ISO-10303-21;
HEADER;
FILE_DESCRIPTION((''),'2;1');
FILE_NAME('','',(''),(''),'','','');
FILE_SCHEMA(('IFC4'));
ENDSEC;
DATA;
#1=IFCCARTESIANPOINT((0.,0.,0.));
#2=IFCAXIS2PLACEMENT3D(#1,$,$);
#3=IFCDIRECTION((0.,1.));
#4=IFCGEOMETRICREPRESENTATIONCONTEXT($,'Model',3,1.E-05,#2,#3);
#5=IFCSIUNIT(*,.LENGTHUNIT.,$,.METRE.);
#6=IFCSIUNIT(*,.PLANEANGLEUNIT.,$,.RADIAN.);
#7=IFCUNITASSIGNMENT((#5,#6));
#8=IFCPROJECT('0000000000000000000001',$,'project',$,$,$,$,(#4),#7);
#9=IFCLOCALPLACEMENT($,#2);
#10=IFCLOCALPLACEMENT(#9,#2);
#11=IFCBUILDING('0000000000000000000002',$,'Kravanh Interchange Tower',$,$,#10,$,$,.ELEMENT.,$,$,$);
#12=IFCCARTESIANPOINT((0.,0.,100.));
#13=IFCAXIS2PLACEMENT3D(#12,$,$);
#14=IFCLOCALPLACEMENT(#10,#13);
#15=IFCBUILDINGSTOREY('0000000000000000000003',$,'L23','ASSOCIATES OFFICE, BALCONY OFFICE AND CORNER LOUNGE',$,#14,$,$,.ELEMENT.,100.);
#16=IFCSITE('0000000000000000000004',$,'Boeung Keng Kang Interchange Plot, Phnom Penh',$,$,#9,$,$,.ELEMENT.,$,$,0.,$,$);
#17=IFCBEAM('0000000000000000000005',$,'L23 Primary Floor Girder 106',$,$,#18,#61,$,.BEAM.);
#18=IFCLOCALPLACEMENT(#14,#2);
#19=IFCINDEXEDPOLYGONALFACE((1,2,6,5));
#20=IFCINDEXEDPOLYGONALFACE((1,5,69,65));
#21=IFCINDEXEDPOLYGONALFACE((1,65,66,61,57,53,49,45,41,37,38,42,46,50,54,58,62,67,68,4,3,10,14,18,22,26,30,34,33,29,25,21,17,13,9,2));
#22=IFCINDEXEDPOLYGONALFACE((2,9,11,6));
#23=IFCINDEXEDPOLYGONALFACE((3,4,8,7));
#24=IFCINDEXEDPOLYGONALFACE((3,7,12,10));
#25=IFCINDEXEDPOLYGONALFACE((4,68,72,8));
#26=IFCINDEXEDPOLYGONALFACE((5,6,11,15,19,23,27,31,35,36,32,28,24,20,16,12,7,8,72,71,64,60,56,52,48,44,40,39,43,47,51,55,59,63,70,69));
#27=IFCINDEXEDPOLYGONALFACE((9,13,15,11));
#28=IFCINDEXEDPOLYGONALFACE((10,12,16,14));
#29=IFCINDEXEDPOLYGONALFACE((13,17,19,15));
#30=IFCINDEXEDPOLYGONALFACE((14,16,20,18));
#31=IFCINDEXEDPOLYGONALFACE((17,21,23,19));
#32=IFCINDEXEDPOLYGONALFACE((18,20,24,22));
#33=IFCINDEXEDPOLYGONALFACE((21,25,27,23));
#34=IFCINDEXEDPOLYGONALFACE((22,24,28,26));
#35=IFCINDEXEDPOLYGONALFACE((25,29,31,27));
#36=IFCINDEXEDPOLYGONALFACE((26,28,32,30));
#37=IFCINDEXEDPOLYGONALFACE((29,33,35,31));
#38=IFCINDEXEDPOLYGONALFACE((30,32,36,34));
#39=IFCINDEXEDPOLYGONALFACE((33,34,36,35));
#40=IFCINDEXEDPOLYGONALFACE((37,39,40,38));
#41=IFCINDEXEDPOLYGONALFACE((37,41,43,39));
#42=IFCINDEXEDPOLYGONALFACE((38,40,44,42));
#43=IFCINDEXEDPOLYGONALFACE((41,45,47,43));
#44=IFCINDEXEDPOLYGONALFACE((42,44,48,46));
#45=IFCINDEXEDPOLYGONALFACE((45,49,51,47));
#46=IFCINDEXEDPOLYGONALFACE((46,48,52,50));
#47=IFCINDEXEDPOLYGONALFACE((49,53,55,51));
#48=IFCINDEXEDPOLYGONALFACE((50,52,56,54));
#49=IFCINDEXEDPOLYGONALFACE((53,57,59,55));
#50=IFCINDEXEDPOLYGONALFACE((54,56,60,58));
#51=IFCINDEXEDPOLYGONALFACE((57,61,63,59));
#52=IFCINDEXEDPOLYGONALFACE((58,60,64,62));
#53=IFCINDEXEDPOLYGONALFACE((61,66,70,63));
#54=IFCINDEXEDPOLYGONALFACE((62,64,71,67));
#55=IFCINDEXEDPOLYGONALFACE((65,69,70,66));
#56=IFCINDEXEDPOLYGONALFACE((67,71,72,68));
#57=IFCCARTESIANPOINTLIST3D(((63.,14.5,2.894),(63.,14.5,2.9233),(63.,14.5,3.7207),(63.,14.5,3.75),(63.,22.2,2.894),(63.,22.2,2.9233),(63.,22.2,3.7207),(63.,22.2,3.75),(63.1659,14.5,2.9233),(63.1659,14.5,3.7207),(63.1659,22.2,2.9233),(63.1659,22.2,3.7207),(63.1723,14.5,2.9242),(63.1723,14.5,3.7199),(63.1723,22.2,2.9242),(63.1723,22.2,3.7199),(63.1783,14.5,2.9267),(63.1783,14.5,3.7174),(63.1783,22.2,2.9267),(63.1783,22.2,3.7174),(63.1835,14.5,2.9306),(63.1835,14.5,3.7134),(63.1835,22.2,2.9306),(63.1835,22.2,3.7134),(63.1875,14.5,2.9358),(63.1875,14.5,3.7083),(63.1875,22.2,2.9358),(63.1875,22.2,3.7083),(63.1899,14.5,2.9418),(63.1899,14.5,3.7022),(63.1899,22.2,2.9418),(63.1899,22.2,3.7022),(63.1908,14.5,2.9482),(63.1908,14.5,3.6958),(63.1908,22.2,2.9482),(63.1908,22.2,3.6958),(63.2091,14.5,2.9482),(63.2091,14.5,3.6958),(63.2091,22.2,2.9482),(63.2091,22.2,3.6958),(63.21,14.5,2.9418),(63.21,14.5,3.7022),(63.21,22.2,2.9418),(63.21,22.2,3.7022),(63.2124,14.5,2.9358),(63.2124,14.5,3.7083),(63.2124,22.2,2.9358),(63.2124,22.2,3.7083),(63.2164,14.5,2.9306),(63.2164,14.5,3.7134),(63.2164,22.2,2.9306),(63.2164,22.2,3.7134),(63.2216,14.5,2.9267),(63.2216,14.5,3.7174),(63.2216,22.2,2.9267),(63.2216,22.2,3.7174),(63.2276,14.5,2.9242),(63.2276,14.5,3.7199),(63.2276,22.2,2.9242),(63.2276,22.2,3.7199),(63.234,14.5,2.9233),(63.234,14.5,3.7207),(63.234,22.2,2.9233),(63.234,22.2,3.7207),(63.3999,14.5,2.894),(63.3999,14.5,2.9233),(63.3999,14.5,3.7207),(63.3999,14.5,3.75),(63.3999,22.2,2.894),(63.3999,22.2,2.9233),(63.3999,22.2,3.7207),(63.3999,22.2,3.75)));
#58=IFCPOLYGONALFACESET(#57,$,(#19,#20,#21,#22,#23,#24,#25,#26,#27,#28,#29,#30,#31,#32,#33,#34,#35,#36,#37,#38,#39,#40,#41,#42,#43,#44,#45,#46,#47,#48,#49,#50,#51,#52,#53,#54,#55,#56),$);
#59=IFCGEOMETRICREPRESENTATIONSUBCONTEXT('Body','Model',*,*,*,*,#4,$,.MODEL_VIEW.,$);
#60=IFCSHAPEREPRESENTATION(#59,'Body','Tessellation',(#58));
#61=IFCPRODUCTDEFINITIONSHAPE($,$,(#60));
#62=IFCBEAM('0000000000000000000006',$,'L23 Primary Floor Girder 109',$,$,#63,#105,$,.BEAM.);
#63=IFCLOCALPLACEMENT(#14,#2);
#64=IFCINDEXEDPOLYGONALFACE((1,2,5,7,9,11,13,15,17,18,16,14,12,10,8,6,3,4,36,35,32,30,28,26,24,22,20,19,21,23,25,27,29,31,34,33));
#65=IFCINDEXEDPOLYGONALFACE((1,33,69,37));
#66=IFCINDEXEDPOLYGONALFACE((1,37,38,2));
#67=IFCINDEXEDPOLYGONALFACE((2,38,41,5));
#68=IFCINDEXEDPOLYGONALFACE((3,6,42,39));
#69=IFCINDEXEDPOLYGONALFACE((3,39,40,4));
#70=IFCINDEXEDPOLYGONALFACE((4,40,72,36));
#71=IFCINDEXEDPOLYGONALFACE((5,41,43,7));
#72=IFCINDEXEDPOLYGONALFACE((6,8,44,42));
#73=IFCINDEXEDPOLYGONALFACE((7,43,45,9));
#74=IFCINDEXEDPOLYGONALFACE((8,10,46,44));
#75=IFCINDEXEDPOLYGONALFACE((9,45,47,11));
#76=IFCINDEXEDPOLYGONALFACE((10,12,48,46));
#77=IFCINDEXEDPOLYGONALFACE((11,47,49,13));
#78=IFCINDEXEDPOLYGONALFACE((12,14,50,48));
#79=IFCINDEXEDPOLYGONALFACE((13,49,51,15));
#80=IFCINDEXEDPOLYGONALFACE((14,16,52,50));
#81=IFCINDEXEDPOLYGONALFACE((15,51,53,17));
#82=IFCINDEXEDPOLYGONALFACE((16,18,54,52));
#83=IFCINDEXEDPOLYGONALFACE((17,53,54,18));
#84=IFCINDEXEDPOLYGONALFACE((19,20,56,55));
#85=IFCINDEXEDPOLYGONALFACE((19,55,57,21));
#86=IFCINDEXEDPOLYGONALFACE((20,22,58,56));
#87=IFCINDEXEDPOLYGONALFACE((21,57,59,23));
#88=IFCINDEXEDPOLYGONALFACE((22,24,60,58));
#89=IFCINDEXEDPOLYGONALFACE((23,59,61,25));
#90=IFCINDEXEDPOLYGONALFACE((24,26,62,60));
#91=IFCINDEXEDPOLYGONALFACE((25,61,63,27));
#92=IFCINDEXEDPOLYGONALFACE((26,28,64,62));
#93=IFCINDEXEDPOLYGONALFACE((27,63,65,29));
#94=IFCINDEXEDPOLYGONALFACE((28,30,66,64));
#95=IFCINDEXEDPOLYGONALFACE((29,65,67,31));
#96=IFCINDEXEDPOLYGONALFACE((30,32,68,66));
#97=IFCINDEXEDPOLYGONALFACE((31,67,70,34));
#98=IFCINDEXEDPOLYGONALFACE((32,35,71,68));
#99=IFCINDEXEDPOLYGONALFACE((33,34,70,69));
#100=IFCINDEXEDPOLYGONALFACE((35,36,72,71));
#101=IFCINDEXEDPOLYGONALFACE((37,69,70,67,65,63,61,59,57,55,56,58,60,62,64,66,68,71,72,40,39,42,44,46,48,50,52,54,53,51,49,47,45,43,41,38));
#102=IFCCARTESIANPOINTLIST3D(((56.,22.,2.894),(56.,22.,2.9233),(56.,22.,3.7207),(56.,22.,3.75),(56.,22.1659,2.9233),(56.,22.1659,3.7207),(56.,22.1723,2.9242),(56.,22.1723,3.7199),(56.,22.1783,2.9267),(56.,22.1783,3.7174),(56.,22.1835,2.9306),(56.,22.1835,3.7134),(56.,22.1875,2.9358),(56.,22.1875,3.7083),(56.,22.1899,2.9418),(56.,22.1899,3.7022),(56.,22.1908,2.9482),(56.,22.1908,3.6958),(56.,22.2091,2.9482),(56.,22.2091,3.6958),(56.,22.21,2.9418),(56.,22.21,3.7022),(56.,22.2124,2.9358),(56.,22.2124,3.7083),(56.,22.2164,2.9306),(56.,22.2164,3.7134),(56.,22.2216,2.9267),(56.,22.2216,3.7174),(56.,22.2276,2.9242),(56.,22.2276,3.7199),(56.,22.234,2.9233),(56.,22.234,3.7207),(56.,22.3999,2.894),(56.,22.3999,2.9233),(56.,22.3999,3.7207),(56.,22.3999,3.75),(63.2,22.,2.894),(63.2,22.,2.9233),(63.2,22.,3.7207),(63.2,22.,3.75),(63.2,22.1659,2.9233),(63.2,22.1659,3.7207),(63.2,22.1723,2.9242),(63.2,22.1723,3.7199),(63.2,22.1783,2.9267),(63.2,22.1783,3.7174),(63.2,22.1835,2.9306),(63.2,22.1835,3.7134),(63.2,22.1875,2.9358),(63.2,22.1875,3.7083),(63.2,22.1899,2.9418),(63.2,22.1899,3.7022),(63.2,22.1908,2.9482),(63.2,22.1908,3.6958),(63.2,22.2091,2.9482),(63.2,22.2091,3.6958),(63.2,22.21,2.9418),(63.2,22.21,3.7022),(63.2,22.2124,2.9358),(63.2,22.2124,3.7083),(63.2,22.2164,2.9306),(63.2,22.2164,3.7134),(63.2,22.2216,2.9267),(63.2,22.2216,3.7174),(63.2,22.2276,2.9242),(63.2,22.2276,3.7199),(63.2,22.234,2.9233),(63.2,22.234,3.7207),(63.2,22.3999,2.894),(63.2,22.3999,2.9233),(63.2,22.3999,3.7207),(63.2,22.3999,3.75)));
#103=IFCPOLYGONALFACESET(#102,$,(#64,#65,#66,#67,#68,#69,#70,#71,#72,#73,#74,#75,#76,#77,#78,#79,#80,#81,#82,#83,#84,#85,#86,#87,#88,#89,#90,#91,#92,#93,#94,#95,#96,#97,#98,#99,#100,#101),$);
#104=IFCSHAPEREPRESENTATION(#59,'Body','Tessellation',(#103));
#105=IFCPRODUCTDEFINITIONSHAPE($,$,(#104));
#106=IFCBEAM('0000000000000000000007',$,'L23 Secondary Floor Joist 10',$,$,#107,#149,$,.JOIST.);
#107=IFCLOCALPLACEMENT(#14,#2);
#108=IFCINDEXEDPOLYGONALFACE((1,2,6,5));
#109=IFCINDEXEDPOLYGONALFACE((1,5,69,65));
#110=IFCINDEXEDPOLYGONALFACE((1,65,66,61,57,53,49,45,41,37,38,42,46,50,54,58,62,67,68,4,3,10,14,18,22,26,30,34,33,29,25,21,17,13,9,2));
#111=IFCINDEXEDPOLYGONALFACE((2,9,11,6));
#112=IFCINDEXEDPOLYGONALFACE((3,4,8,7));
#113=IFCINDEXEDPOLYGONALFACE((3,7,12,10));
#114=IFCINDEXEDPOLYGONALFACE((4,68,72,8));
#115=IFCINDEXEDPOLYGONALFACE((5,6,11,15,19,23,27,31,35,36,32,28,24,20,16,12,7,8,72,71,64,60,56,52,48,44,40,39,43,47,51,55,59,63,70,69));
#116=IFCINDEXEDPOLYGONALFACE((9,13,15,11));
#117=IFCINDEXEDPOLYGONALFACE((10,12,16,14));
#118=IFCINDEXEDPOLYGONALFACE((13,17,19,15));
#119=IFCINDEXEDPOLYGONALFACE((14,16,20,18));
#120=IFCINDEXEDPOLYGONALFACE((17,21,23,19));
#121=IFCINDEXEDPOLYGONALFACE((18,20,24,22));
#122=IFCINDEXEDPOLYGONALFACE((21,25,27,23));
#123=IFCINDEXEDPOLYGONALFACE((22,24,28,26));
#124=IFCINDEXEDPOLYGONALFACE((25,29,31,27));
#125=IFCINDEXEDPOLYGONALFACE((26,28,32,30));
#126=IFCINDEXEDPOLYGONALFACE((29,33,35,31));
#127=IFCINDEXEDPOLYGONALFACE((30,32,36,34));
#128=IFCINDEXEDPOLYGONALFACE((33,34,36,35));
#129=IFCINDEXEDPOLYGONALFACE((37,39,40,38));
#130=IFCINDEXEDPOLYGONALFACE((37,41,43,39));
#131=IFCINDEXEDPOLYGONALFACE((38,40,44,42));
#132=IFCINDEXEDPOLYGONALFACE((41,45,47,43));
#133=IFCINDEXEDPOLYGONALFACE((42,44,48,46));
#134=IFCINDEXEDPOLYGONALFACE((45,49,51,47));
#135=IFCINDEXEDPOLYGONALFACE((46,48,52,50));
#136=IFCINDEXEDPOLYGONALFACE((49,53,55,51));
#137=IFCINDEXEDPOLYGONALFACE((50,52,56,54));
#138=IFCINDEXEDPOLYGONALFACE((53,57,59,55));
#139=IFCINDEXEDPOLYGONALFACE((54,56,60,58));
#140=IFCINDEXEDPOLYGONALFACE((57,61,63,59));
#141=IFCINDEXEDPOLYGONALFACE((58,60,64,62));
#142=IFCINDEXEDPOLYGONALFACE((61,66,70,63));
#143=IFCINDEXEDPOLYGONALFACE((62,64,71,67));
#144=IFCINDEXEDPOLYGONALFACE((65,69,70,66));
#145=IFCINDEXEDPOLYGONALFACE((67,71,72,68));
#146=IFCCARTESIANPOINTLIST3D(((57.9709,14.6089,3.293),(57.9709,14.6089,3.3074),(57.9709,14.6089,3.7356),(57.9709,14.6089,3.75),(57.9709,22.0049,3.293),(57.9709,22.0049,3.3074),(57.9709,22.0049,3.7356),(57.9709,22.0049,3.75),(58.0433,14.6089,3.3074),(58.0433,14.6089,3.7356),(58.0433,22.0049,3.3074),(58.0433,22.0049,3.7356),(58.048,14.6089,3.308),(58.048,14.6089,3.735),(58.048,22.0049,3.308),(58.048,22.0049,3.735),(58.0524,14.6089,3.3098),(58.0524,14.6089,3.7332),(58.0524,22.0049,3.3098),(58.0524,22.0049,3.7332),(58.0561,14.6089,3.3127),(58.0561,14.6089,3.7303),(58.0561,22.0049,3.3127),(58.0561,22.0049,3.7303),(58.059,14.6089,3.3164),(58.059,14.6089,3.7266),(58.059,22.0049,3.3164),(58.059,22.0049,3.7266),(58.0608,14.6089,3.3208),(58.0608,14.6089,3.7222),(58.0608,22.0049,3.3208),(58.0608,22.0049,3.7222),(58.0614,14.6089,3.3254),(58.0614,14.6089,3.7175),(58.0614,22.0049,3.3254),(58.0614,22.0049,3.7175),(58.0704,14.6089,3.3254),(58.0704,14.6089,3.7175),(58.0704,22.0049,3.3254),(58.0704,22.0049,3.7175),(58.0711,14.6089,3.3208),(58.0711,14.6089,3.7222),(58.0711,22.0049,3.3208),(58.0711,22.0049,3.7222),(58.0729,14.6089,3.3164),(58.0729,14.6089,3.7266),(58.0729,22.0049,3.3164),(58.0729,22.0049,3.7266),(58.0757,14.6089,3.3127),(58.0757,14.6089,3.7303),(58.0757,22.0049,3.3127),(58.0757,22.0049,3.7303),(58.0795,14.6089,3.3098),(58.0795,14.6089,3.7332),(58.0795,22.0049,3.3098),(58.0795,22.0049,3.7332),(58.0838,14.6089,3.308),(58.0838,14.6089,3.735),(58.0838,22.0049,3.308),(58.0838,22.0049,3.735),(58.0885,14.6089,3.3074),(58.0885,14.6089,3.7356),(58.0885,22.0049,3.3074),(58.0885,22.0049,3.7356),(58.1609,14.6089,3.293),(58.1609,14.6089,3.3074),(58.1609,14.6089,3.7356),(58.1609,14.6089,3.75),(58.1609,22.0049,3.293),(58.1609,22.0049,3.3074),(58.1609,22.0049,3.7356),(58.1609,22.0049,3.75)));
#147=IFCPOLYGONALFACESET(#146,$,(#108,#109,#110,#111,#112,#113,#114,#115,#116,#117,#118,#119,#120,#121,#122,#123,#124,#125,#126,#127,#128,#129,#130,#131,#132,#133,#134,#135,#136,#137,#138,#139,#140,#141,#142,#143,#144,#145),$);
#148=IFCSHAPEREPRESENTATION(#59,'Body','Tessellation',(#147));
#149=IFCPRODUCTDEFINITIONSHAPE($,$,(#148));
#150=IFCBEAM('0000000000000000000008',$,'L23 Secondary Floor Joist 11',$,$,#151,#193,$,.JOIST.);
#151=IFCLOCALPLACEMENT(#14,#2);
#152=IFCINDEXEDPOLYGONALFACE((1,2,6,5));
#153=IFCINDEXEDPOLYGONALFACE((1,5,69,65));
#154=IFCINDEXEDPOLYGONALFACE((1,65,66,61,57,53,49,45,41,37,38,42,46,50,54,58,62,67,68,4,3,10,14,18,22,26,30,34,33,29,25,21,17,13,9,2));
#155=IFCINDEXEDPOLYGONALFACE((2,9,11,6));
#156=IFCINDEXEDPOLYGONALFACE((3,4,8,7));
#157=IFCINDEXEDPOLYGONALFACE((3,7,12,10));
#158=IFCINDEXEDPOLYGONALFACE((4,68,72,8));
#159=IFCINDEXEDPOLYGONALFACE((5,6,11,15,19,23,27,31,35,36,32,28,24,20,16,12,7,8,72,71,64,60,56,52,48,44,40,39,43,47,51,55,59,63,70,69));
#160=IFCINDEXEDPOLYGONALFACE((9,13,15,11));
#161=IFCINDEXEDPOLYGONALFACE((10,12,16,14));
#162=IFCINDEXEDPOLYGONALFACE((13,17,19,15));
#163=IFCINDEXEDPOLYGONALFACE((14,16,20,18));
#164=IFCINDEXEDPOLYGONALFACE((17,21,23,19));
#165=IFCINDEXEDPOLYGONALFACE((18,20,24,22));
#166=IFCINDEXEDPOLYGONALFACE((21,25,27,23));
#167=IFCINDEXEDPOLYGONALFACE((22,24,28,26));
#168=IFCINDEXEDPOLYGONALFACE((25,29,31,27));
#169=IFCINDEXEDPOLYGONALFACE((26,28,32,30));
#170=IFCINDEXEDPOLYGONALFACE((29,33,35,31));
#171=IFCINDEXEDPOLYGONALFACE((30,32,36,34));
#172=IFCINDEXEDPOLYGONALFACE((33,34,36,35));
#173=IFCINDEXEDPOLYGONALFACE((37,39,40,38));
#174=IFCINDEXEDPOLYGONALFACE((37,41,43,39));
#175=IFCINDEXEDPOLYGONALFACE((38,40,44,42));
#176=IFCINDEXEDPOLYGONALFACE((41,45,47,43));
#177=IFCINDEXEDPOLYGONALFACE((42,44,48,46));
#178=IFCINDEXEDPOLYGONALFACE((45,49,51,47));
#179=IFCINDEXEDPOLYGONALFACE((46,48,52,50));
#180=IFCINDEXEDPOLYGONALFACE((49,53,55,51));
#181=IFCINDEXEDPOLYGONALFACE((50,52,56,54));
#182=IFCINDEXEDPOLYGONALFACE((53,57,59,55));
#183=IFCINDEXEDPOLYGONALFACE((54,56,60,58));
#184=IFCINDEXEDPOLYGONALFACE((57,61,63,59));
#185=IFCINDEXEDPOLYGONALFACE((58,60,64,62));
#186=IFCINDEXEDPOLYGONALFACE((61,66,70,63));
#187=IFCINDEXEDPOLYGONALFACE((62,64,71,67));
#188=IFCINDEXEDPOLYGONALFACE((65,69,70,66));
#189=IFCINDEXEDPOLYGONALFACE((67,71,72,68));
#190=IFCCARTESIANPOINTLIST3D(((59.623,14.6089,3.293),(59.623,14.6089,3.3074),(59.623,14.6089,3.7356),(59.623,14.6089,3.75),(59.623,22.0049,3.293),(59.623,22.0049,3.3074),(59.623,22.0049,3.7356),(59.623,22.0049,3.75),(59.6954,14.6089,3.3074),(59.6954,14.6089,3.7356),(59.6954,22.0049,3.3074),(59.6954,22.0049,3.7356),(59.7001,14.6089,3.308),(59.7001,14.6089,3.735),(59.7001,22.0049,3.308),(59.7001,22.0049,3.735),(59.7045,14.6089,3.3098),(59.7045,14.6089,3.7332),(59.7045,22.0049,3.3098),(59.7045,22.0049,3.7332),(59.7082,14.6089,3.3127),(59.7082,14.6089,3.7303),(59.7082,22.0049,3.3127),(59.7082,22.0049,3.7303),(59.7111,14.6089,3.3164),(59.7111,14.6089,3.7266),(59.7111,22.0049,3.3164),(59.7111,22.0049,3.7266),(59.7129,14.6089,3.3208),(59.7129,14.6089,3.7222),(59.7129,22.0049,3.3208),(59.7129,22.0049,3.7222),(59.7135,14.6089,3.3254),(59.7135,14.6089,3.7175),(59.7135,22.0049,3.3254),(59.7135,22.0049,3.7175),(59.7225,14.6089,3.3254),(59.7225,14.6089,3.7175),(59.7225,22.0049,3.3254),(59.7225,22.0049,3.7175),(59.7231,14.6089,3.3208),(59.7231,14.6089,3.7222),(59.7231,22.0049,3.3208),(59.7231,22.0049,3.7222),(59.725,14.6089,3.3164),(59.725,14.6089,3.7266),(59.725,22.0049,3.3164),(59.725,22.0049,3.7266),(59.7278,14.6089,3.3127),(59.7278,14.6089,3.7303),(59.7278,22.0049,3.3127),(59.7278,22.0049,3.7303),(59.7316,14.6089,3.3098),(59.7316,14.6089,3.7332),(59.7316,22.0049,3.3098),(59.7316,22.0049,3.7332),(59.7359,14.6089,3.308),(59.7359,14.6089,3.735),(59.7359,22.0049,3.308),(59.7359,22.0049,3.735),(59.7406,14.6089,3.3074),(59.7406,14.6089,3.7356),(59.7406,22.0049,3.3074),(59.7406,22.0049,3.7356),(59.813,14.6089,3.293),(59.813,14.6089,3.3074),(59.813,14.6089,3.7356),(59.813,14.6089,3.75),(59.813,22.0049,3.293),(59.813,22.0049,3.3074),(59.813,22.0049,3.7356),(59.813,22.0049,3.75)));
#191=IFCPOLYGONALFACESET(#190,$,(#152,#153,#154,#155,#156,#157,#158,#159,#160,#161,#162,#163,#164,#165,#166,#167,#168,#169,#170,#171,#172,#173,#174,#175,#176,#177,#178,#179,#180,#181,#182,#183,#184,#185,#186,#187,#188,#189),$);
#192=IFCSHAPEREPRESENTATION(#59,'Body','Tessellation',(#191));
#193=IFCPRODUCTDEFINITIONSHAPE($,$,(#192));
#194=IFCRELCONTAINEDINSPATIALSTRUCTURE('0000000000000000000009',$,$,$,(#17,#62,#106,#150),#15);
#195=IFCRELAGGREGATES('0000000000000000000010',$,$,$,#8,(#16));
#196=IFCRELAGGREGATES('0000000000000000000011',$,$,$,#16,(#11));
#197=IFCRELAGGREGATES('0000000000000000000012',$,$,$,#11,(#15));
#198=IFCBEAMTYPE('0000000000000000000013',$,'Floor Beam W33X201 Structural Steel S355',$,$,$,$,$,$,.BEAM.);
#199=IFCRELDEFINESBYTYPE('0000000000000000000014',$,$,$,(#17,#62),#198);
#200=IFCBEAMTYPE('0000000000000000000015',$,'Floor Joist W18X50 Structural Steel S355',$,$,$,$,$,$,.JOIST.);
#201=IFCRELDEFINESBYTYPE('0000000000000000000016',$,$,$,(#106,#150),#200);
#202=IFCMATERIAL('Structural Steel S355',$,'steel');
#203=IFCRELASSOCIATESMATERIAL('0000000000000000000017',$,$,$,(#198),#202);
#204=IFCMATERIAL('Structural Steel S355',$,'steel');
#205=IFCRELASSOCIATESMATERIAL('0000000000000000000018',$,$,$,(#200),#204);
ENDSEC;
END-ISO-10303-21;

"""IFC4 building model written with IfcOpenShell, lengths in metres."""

from ifc_helpers import new_model, si_unit, direction, frame, origin, origin_2d, place, context, subcontext, project, spatial, i_section, extrude, material, material_profile, profile_set, type_object, element, save


model = new_model("IFC4")

# Units and contexts
model_context = context("Model", 3, precision=1e-05, world=origin(), true_north=direction((0.0, 1.0)))
body_context = subcontext(model_context, "Body", "Model", "MODEL_VIEW")
ifc_project = project(units=[si_unit("LENGTHUNIT", "METRE"), si_unit("PLANEANGLEUNIT", "RADIAN")], contexts=[model_context])

# Site, building, storey
site_placement = place(None, origin())
site = spatial("IfcSite", under=ifc_project, at=site_placement, Name="Boeung Keng Kang Interchange Plot, Phnom Penh", CompositionType="ELEMENT", RefElevation=0.0)
building_placement = place(site_placement, origin())
building = spatial("IfcBuilding", under=site, at=building_placement, Name="Kravanh Interchange Tower", CompositionType="ELEMENT")
storey_placement = place(building_placement, frame((0.0, 0.0, 100.0)))
storey = spatial("IfcBuildingStorey", under=building, at=storey_placement, Name="L23", Description="ASSOCIATES OFFICE, BALCONY OFFICE AND CORNER LOUNGE", CompositionType="ELEMENT", Elevation=100.0)

# Beams
ifc_material_1 = material(Name="Structural Steel S355", Category="steel")
ifc_material_profile_1 = material_profile(ifc_material_1, i_section(OverallWidth=0.3999, OverallDepth=0.856, WebThickness=0.0183, FlangeThickness=0.0293, FilletRadius=0.0249, at=origin_2d()), Name="W33X201")
ifc_profile_set_1 = profile_set([ifc_material_profile_1], Name="Structural Steel S355")
beam_type_1 = type_object("IfcBeamType", Name="Floor Beam W33X201 Structural Steel S355", PredefinedType="BEAM", material=ifc_profile_set_1)
beam_1_placement = place(storey_placement, frame((63.2, 14.5, 3.322), z_axis=(0.0, 1.0, 0.0), x_axis=(-1.0, 0.0, 0.0)))
element("IfcBeam", 1, at=beam_1_placement, inside=storey, type_object=beam_type_1, Name="L23 Primary Floor Girder 106", PredefinedType="BEAM", context=body_context, shape_type="SweptSolid", body=[
    extrude(i_section(OverallWidth=0.3999, OverallDepth=0.856, WebThickness=0.0183, FlangeThickness=0.0293, FilletRadius=0.0249, at=origin_2d()), origin(), (0.0, 0.0, 1.0), 7.7),
])
beam_2_placement = place(storey_placement, frame((56.0, 22.2, 3.322), z_axis=(1.0, 0.0, 0.0), x_axis=(0.0, 1.0, 0.0)))
element("IfcBeam", 2, at=beam_2_placement, inside=storey, type_object=beam_type_1, Name="L23 Primary Floor Girder 109", PredefinedType="BEAM", context=body_context, shape_type="SweptSolid", body=[
    extrude(i_section(OverallWidth=0.3999, OverallDepth=0.856, WebThickness=0.0183, FlangeThickness=0.0293, FilletRadius=0.0249, at=origin_2d()), origin(), (0.0, 0.0, 1.0), 7.2),
])
ifc_material_2 = material(Name="Structural Steel S355", Category="steel")
ifc_material_profile_2 = material_profile(ifc_material_2, i_section(OverallWidth=0.1899, OverallDepth=0.457, WebThickness=0.009, FlangeThickness=0.0144, FilletRadius=0.0181, at=origin_2d()), Name="W18X50")
ifc_profile_set_2 = profile_set([ifc_material_profile_2], Name="Structural Steel S355")
beam_type_2 = type_object("IfcBeamType", Name="Floor Joist W18X50 Structural Steel S355", PredefinedType="JOIST", material=ifc_profile_set_2)
for number, where, z_axis, x_axis, name in (
    (3, (58.0659, 14.6089, 3.5215), (0.0, 1.0, 0.0), (-1.0, 0.0, 0.0), "L23 Secondary Floor Joist 10"),
    (4, (59.718, 14.6089, 3.5215), (0.0, 1.0, 0.0), (-1.0, 0.0, 0.0), "L23 Secondary Floor Joist 11"),
):
    element("IfcBeam", number, at=place(storey_placement, frame(where, z_axis=z_axis, x_axis=x_axis)), inside=storey, type_object=beam_type_2, Name=name, PredefinedType="JOIST", context=body_context, shape_type="SweptSolid", body=[
        extrude(i_section(OverallWidth=0.1899, OverallDepth=0.457, WebThickness=0.009, FlangeThickness=0.0144, FilletRadius=0.0181, at=origin_2d()), origin(), (0.0, 0.0, 1.0), 7.396),
    ])

save(model, "model.ifc")
